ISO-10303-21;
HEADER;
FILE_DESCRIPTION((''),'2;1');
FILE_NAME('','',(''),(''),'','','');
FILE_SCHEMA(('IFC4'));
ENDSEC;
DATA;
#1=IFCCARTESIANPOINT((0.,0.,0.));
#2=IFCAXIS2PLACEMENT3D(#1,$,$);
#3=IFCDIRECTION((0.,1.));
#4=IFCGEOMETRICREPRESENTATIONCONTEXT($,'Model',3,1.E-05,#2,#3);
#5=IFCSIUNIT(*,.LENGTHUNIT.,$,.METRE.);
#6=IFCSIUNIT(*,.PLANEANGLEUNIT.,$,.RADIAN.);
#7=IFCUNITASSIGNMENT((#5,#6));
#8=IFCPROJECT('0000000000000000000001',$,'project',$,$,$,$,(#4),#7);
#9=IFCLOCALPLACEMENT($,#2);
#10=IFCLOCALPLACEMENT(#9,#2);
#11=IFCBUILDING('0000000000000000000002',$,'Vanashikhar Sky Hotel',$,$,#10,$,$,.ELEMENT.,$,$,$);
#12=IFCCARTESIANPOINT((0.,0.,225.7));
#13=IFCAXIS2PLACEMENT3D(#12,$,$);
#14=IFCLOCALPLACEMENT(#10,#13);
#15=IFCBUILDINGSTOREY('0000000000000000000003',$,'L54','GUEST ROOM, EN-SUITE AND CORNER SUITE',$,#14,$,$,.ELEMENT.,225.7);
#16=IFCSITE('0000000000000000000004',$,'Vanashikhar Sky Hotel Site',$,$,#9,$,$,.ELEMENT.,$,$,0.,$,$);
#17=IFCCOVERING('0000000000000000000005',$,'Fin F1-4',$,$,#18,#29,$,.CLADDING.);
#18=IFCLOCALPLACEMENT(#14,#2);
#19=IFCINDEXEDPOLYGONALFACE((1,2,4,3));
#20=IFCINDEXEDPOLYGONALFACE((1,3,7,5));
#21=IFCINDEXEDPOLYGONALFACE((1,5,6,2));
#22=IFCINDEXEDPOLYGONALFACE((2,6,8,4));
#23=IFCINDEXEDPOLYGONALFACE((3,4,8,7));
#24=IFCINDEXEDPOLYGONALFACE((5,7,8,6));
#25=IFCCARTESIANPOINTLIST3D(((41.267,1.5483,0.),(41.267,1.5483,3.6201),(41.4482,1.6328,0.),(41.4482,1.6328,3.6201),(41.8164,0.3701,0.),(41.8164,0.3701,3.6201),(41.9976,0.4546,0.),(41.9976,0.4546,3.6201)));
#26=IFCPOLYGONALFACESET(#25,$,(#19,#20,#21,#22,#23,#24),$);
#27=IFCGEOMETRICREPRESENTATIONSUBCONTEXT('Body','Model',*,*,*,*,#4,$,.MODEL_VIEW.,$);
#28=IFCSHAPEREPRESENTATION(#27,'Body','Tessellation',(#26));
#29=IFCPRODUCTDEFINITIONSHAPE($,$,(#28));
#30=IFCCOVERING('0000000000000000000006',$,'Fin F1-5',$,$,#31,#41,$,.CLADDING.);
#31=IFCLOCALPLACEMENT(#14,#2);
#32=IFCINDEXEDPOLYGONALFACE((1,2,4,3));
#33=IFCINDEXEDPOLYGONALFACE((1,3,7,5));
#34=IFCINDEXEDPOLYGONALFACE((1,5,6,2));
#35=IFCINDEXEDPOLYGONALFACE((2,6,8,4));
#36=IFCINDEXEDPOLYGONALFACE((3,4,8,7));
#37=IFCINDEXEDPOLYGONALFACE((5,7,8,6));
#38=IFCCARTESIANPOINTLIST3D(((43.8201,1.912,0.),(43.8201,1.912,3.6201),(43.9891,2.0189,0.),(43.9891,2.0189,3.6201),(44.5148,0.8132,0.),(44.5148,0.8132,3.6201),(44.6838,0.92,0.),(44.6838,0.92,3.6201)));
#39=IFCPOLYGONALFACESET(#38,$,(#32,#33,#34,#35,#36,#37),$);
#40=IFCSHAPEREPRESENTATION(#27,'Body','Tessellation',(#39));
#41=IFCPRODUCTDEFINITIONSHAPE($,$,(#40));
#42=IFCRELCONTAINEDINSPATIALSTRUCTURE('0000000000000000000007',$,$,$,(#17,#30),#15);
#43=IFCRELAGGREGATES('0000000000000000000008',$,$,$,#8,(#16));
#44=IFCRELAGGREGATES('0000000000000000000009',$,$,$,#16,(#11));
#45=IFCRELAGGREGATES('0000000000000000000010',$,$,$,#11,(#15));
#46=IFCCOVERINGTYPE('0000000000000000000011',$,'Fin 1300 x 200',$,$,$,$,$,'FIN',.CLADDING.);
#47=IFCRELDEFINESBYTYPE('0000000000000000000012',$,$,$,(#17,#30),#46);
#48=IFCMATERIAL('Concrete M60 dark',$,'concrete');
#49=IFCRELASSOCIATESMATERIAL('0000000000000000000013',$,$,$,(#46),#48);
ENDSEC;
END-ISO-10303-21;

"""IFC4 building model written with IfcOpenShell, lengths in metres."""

from ifc_helpers import new_model, si_unit, direction, frame, origin, origin_2d, place, context, subcontext, project, spatial, rectangle, extrude, source, transform, mapped, material, material_profile, profile_set, type_object, element, save


model = new_model("IFC4")

# Units and contexts
model_context = context("Model", 3, precision=1e-05, world=origin(), true_north=direction((0.0, 1.0)))
body_context = subcontext(model_context, "Body", "Model", "MODEL_VIEW")
ifc_project = project(units=[si_unit("LENGTHUNIT", "METRE"), si_unit("PLANEANGLEUNIT", "RADIAN")], contexts=[model_context])

# Site, building, storey
site_placement = place(None, origin())
site = spatial("IfcSite", under=ifc_project, at=site_placement, Name="Vanashikhar Sky Hotel Site", CompositionType="ELEMENT", RefElevation=0.0)
building_placement = place(site_placement, origin())
building = spatial("IfcBuilding", under=site, at=building_placement, Name="Vanashikhar Sky Hotel", CompositionType="ELEMENT")
storey_placement = place(building_placement, frame((0.0, 0.0, 225.7)))
storey = spatial("IfcBuildingStorey", under=building, at=storey_placement, Name="L54", Description="GUEST ROOM, EN-SUITE AND CORNER SUITE", CompositionType="ELEMENT", Elevation=225.7)

# Coverings
ifc_material_1 = material(Name="Concrete M60 dark", Category="concrete")
ifc_material_profile = material_profile(ifc_material_1, rectangle(XDim=1.3, YDim=0.2, at=origin_2d()))
ifc_profile_set = profile_set([ifc_material_profile], Name="Fin 1300 x 200")
covering_type = type_object("IfcCoveringType", Name="Fin 1300 x 200", ElementType="FIN", PredefinedType="CLADDING", material=ifc_profile_set)
shared_shape_1 = source(origin(), body_context, "Body", "SweptSolid", [
    extrude(rectangle(XDim=1.3, YDim=0.2, at=origin_2d()), origin(), (0.0, 0.0, 1.0), 3.6201),
])
for number, where, z_axis, x_axis, name in (
    (1, (41.6323, 1.0015, 0.0), (0.0, 0.0, 1.0), (0.422618, -0.906308, 0.0), "Fin F1-4"),
    (2, (44.252, 1.416, 0.0), (0.0, 0.0, 1.0), (0.534411, -0.845225, 0.0), "Fin F1-5"),
):
    element("IfcCovering", number, at=place(storey_placement, frame(where, z_axis=z_axis, x_axis=x_axis)), inside=storey, type_object=covering_type, Name=name, PredefinedType="CLADDING", context=body_context, shape_type="MappedRepresentation", body=[
        mapped(shared_shape_1, transform((0.0, 0.0, 0.0), scale=1.0)),
    ])

save(model, "model.ifc")
